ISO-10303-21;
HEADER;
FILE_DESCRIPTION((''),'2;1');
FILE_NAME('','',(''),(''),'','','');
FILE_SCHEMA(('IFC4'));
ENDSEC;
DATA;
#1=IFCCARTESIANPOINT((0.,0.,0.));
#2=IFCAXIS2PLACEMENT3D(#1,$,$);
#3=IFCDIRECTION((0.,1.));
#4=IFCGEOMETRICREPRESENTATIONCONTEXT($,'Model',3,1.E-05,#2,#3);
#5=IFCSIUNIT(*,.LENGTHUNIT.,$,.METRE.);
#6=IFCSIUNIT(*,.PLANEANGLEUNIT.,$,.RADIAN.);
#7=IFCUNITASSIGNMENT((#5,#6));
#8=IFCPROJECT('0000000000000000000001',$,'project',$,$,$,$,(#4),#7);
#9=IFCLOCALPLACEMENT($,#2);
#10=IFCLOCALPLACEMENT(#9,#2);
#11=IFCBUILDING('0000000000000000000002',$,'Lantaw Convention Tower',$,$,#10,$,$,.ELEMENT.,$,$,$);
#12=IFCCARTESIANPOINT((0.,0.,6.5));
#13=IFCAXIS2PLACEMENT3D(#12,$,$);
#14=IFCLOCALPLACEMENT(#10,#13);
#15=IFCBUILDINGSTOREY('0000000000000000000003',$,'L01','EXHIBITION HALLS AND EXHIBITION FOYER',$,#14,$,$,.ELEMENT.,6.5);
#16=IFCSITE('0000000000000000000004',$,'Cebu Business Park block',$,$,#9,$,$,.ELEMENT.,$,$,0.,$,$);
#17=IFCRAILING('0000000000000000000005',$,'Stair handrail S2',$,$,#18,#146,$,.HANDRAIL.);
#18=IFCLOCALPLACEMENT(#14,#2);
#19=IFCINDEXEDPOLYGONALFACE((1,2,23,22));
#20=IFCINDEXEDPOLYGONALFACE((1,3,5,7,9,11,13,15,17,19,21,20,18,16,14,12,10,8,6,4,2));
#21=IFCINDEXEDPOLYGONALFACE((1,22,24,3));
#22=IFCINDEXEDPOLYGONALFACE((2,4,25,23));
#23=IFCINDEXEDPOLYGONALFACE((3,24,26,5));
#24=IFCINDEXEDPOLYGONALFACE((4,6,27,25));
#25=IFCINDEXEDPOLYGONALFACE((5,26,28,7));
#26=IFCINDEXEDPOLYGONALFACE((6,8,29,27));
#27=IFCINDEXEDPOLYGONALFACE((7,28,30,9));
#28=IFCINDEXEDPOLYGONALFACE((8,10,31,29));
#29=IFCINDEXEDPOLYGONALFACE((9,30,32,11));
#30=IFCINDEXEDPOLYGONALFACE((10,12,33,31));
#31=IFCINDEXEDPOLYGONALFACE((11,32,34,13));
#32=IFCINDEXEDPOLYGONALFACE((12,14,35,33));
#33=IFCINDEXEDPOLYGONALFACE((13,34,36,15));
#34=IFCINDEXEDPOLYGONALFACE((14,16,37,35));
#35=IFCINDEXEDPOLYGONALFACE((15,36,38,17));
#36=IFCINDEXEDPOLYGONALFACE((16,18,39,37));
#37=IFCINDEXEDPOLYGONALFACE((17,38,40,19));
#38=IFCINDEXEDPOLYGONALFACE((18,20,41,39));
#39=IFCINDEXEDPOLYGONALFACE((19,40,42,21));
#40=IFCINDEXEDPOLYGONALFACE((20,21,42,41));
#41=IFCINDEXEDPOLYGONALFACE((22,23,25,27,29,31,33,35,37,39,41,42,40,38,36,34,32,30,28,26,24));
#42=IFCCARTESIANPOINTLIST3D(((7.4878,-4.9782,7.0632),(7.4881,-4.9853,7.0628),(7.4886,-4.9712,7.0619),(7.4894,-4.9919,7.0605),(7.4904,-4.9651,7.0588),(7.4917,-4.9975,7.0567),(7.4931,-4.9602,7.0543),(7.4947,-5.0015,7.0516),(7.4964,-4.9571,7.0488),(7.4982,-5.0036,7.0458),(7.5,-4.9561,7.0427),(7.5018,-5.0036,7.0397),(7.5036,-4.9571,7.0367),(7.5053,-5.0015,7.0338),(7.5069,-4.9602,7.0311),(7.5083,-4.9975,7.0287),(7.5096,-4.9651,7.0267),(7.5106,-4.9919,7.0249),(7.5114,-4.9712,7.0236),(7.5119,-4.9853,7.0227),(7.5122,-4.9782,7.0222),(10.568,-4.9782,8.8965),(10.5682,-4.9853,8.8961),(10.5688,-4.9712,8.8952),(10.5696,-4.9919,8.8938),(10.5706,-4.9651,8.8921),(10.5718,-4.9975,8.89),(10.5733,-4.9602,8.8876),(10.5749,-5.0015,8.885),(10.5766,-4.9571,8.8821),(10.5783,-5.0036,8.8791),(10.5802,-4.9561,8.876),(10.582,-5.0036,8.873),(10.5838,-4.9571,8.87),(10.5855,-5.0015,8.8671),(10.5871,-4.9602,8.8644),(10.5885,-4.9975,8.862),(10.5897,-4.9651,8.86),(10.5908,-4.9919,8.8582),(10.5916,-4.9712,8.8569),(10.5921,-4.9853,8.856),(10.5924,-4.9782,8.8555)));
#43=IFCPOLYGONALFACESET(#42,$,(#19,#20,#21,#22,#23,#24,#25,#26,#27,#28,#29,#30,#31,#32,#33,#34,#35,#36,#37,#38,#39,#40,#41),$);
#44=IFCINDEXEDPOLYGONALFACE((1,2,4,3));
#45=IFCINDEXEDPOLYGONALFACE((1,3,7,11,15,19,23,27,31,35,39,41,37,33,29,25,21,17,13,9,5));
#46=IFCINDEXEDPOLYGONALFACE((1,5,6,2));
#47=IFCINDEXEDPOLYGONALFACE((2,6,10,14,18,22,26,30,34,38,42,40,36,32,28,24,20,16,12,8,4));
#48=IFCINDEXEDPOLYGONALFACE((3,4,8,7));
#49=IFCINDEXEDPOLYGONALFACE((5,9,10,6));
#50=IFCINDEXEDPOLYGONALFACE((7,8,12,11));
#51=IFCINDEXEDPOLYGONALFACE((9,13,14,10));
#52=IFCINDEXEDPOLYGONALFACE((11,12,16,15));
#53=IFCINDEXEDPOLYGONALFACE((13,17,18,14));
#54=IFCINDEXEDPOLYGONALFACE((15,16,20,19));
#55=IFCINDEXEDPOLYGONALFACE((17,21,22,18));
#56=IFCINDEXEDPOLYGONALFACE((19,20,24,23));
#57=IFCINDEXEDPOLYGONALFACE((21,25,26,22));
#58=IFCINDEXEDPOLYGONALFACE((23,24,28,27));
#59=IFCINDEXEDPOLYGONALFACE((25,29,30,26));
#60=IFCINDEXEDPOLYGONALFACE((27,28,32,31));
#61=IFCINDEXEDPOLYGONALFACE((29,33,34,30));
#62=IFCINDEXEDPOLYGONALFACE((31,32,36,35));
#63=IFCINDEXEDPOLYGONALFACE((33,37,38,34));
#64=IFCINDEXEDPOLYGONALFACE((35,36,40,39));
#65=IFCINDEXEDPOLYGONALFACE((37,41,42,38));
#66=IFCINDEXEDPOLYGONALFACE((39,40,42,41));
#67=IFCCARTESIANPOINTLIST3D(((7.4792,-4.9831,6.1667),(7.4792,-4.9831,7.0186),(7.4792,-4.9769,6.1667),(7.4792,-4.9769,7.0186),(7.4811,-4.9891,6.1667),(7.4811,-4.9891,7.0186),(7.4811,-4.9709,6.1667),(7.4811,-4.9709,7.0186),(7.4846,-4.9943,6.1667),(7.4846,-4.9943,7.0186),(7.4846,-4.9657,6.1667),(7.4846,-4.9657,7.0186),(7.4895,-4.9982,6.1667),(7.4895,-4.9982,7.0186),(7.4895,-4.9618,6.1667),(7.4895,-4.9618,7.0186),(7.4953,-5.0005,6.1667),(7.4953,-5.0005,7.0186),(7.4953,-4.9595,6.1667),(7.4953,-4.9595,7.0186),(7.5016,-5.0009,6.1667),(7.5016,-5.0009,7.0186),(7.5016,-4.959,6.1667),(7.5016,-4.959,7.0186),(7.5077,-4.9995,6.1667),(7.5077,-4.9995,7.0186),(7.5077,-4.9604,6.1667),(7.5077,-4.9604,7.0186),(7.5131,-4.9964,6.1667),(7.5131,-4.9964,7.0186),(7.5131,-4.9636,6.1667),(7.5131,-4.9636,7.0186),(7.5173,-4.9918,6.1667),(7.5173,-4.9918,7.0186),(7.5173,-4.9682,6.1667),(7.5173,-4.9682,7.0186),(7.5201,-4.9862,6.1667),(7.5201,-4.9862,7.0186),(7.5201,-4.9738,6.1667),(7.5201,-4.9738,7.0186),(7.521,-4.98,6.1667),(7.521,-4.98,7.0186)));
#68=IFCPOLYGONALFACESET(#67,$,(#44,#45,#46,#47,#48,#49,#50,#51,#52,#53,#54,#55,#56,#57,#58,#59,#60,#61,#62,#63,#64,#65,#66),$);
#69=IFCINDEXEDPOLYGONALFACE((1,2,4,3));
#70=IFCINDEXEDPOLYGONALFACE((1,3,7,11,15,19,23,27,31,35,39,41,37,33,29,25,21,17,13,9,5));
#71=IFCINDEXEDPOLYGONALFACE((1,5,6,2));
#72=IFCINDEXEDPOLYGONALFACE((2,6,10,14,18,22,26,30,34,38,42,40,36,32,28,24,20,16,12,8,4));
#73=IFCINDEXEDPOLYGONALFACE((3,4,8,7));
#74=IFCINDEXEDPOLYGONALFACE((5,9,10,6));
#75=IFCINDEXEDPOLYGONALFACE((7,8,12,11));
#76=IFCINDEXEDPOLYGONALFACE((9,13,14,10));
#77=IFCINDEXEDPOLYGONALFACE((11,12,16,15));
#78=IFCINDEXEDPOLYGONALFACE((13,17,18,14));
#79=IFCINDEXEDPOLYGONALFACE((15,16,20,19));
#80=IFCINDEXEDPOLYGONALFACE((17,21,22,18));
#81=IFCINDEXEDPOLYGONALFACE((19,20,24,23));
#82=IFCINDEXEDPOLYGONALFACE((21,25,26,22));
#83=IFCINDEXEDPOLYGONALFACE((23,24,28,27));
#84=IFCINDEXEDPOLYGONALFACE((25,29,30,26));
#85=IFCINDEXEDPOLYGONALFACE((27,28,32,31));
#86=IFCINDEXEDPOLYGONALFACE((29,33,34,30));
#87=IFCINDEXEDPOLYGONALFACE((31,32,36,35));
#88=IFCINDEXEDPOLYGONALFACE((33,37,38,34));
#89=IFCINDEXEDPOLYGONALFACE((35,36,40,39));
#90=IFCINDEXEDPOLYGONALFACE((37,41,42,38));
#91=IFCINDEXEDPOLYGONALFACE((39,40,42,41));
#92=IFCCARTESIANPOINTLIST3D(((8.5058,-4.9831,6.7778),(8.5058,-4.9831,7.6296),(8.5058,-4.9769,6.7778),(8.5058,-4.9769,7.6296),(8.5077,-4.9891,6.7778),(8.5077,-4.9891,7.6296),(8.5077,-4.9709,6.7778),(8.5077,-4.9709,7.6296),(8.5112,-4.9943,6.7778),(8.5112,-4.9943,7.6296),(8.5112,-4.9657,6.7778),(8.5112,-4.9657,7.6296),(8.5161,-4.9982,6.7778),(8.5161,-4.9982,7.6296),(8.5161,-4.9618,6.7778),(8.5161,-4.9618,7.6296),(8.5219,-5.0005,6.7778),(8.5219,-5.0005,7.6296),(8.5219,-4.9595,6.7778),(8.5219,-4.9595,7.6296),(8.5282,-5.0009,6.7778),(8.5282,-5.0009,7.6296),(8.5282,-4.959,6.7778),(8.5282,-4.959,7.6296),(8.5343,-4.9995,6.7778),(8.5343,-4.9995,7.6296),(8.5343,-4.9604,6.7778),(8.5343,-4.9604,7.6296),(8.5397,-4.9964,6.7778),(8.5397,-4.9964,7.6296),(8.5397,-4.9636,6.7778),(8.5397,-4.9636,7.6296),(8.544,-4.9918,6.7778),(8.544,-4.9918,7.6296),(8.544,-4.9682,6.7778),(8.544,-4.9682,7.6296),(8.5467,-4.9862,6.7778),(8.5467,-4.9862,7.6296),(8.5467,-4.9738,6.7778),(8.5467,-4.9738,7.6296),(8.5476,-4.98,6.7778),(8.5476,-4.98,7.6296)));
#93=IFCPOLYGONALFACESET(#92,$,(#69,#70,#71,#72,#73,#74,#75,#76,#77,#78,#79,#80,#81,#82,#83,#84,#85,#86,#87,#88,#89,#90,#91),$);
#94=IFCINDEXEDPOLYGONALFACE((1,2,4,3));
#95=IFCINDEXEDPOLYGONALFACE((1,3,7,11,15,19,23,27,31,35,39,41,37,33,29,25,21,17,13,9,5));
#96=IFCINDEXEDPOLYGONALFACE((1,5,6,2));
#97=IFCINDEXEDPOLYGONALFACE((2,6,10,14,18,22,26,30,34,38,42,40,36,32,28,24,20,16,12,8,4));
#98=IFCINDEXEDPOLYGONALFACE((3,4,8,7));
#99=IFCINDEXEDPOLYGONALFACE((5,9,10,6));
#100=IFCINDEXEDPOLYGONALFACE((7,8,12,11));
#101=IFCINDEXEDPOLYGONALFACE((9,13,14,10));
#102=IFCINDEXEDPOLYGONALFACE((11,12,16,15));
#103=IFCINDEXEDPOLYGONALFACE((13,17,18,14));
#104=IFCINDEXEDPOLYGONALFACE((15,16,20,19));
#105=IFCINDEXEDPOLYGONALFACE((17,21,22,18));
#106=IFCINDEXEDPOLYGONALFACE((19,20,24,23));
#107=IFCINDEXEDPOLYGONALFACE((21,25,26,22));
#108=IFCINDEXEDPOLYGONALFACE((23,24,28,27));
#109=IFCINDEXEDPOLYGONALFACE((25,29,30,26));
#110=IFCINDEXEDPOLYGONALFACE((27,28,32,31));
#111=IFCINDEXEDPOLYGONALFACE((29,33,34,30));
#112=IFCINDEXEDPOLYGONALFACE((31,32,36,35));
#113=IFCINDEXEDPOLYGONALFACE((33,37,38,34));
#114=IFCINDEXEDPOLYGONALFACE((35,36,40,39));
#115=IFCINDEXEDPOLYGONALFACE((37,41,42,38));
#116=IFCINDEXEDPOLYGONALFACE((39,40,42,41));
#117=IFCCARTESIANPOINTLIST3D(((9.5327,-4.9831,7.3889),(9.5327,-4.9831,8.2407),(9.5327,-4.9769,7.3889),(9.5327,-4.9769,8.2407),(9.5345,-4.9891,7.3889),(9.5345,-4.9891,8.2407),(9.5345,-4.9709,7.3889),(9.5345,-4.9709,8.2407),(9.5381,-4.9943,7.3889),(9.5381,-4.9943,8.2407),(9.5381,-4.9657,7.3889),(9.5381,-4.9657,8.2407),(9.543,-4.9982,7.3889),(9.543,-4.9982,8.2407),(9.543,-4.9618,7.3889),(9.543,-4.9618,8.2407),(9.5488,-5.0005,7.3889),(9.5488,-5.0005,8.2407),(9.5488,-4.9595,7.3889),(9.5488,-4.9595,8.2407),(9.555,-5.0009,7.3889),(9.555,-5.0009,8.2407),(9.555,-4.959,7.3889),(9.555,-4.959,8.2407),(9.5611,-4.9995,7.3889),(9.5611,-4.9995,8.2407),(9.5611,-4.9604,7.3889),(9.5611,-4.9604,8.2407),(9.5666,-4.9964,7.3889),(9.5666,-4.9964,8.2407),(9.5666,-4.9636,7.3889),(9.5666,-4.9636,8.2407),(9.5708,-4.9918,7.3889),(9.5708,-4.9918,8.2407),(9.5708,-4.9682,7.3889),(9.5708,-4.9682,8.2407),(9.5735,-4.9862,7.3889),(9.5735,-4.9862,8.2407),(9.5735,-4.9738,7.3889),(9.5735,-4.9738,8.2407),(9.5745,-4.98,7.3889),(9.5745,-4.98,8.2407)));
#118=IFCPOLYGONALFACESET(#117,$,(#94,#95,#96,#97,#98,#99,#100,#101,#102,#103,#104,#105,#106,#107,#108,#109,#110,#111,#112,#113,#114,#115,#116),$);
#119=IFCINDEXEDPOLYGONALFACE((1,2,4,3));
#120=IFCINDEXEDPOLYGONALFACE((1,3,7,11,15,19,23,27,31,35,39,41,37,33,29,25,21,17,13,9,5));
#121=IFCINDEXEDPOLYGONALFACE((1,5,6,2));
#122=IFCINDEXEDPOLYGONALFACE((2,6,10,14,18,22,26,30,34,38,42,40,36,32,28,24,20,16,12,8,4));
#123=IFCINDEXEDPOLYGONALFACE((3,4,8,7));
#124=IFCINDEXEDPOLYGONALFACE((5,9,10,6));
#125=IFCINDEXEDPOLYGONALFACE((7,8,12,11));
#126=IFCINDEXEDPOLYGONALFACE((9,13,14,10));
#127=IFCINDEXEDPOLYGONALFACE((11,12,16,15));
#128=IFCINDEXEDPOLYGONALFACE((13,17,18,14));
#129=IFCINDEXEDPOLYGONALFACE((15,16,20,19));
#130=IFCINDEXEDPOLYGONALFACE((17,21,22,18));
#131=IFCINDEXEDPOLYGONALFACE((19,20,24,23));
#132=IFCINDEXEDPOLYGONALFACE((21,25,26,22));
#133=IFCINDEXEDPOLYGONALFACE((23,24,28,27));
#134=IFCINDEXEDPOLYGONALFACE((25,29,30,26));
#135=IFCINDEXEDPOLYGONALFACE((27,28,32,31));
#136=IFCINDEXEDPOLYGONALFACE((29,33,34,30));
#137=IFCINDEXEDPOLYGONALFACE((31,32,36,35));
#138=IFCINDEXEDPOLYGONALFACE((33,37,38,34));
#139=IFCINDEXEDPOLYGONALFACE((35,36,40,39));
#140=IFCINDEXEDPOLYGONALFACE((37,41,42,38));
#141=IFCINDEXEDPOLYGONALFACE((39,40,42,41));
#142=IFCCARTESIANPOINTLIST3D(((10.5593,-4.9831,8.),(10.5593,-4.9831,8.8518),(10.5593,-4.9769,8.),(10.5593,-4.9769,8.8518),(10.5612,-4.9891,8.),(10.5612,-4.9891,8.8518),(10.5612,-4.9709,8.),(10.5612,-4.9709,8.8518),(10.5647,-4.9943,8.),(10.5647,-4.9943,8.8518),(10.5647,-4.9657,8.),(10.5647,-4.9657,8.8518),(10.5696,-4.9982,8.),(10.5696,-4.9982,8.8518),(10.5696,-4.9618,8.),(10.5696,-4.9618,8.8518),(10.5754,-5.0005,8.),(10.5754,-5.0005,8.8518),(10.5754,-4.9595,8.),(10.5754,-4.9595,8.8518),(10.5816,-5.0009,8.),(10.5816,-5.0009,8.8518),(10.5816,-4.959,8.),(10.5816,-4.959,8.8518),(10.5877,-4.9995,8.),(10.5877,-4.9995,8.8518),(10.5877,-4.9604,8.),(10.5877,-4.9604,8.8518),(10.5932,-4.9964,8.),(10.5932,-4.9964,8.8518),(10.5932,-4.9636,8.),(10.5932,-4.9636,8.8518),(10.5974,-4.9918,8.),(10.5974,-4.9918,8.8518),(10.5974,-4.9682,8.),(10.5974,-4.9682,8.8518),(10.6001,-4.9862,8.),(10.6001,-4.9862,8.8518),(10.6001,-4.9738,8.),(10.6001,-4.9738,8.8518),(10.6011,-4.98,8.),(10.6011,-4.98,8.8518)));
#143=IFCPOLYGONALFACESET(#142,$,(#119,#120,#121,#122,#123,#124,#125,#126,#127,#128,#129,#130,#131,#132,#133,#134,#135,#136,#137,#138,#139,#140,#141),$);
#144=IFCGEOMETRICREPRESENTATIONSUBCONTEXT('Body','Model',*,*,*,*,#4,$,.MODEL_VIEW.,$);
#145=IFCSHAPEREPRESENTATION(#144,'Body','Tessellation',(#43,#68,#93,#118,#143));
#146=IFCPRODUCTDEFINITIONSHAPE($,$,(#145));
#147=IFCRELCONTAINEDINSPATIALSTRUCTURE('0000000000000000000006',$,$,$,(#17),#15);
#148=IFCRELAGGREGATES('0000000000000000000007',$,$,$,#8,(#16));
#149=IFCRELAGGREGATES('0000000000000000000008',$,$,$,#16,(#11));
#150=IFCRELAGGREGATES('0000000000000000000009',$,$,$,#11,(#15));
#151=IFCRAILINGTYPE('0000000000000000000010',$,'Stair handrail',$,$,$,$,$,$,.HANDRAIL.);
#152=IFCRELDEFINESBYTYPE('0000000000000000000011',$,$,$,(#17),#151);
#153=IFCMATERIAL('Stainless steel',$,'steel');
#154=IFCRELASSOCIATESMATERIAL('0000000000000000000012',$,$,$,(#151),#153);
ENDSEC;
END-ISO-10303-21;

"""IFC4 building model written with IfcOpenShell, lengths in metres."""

from ifc_helpers import new_model, si_unit, direction, frame, origin, origin_2d, place, context, subcontext, project, spatial, circle, extrude, material, type_object, element, save


model = new_model("IFC4")

# Units and contexts
model_context = context("Model", 3, precision=1e-05, world=origin(), true_north=direction((0.0, 1.0)))
body_context = subcontext(model_context, "Body", "Model", "MODEL_VIEW")
ifc_project = project(units=[si_unit("LENGTHUNIT", "METRE"), si_unit("PLANEANGLEUNIT", "RADIAN")], contexts=[model_context])

# Site, building, storey
site_placement = place(None, origin())
site = spatial("IfcSite", under=ifc_project, at=site_placement, Name="Cebu Business Park block", CompositionType="ELEMENT", RefElevation=0.0)
building_placement = place(site_placement, origin())
building = spatial("IfcBuilding", under=site, at=building_placement, Name="Lantaw Convention Tower", CompositionType="ELEMENT")
storey_placement = place(building_placement, frame((0.0, 0.0, 6.5)))
storey = spatial("IfcBuildingStorey", under=building, at=storey_placement, Name="L01", Description="EXHIBITION HALLS AND EXHIBITION FOYER", CompositionType="ELEMENT", Elevation=6.5)

# Railing
ifc_material_1 = material(Name="Stainless steel", Category="steel")
railing_type = type_object("IfcRailingType", Name="Stair handrail", PredefinedType="HANDRAIL", material=ifc_material_1)
railing_1_placement = place(storey_placement, frame((7.5, -4.98, 6.1667)))
element("IfcRailing", 1, at=railing_1_placement, inside=storey, type_object=railing_type, Name="Stair handrail S2", PredefinedType="HANDRAIL", context=body_context, shape_type="SweptSolid", body=[
    extrude(circle(Radius=0.0239, at=origin_2d()), frame((0.0, 0.0, 0.876), z_axis=(0.859309, 0.0, 0.511458), x_axis=(0.0, 1.0, 0.0)), (0.0, 0.0, 1.0), 3.5845),
    extrude(circle(Radius=0.021, at=origin_2d()), origin(), (0.0, 0.0, 1.0), 0.8518),
    extrude(circle(Radius=0.021, at=origin_2d()), frame((1.0266, 0.0, 0.6111)), (0.0, 0.0, 1.0), 0.8518),
    extrude(circle(Radius=0.021, at=origin_2d()), frame((2.0535, 0.0, 1.2222)), (0.0, 0.0, 1.0), 0.8518),
    extrude(circle(Radius=0.021, at=origin_2d()), frame((3.0801, 0.0, 1.8333)), (0.0, 0.0, 1.0), 0.8518),
])

save(model, "model.ifc")
